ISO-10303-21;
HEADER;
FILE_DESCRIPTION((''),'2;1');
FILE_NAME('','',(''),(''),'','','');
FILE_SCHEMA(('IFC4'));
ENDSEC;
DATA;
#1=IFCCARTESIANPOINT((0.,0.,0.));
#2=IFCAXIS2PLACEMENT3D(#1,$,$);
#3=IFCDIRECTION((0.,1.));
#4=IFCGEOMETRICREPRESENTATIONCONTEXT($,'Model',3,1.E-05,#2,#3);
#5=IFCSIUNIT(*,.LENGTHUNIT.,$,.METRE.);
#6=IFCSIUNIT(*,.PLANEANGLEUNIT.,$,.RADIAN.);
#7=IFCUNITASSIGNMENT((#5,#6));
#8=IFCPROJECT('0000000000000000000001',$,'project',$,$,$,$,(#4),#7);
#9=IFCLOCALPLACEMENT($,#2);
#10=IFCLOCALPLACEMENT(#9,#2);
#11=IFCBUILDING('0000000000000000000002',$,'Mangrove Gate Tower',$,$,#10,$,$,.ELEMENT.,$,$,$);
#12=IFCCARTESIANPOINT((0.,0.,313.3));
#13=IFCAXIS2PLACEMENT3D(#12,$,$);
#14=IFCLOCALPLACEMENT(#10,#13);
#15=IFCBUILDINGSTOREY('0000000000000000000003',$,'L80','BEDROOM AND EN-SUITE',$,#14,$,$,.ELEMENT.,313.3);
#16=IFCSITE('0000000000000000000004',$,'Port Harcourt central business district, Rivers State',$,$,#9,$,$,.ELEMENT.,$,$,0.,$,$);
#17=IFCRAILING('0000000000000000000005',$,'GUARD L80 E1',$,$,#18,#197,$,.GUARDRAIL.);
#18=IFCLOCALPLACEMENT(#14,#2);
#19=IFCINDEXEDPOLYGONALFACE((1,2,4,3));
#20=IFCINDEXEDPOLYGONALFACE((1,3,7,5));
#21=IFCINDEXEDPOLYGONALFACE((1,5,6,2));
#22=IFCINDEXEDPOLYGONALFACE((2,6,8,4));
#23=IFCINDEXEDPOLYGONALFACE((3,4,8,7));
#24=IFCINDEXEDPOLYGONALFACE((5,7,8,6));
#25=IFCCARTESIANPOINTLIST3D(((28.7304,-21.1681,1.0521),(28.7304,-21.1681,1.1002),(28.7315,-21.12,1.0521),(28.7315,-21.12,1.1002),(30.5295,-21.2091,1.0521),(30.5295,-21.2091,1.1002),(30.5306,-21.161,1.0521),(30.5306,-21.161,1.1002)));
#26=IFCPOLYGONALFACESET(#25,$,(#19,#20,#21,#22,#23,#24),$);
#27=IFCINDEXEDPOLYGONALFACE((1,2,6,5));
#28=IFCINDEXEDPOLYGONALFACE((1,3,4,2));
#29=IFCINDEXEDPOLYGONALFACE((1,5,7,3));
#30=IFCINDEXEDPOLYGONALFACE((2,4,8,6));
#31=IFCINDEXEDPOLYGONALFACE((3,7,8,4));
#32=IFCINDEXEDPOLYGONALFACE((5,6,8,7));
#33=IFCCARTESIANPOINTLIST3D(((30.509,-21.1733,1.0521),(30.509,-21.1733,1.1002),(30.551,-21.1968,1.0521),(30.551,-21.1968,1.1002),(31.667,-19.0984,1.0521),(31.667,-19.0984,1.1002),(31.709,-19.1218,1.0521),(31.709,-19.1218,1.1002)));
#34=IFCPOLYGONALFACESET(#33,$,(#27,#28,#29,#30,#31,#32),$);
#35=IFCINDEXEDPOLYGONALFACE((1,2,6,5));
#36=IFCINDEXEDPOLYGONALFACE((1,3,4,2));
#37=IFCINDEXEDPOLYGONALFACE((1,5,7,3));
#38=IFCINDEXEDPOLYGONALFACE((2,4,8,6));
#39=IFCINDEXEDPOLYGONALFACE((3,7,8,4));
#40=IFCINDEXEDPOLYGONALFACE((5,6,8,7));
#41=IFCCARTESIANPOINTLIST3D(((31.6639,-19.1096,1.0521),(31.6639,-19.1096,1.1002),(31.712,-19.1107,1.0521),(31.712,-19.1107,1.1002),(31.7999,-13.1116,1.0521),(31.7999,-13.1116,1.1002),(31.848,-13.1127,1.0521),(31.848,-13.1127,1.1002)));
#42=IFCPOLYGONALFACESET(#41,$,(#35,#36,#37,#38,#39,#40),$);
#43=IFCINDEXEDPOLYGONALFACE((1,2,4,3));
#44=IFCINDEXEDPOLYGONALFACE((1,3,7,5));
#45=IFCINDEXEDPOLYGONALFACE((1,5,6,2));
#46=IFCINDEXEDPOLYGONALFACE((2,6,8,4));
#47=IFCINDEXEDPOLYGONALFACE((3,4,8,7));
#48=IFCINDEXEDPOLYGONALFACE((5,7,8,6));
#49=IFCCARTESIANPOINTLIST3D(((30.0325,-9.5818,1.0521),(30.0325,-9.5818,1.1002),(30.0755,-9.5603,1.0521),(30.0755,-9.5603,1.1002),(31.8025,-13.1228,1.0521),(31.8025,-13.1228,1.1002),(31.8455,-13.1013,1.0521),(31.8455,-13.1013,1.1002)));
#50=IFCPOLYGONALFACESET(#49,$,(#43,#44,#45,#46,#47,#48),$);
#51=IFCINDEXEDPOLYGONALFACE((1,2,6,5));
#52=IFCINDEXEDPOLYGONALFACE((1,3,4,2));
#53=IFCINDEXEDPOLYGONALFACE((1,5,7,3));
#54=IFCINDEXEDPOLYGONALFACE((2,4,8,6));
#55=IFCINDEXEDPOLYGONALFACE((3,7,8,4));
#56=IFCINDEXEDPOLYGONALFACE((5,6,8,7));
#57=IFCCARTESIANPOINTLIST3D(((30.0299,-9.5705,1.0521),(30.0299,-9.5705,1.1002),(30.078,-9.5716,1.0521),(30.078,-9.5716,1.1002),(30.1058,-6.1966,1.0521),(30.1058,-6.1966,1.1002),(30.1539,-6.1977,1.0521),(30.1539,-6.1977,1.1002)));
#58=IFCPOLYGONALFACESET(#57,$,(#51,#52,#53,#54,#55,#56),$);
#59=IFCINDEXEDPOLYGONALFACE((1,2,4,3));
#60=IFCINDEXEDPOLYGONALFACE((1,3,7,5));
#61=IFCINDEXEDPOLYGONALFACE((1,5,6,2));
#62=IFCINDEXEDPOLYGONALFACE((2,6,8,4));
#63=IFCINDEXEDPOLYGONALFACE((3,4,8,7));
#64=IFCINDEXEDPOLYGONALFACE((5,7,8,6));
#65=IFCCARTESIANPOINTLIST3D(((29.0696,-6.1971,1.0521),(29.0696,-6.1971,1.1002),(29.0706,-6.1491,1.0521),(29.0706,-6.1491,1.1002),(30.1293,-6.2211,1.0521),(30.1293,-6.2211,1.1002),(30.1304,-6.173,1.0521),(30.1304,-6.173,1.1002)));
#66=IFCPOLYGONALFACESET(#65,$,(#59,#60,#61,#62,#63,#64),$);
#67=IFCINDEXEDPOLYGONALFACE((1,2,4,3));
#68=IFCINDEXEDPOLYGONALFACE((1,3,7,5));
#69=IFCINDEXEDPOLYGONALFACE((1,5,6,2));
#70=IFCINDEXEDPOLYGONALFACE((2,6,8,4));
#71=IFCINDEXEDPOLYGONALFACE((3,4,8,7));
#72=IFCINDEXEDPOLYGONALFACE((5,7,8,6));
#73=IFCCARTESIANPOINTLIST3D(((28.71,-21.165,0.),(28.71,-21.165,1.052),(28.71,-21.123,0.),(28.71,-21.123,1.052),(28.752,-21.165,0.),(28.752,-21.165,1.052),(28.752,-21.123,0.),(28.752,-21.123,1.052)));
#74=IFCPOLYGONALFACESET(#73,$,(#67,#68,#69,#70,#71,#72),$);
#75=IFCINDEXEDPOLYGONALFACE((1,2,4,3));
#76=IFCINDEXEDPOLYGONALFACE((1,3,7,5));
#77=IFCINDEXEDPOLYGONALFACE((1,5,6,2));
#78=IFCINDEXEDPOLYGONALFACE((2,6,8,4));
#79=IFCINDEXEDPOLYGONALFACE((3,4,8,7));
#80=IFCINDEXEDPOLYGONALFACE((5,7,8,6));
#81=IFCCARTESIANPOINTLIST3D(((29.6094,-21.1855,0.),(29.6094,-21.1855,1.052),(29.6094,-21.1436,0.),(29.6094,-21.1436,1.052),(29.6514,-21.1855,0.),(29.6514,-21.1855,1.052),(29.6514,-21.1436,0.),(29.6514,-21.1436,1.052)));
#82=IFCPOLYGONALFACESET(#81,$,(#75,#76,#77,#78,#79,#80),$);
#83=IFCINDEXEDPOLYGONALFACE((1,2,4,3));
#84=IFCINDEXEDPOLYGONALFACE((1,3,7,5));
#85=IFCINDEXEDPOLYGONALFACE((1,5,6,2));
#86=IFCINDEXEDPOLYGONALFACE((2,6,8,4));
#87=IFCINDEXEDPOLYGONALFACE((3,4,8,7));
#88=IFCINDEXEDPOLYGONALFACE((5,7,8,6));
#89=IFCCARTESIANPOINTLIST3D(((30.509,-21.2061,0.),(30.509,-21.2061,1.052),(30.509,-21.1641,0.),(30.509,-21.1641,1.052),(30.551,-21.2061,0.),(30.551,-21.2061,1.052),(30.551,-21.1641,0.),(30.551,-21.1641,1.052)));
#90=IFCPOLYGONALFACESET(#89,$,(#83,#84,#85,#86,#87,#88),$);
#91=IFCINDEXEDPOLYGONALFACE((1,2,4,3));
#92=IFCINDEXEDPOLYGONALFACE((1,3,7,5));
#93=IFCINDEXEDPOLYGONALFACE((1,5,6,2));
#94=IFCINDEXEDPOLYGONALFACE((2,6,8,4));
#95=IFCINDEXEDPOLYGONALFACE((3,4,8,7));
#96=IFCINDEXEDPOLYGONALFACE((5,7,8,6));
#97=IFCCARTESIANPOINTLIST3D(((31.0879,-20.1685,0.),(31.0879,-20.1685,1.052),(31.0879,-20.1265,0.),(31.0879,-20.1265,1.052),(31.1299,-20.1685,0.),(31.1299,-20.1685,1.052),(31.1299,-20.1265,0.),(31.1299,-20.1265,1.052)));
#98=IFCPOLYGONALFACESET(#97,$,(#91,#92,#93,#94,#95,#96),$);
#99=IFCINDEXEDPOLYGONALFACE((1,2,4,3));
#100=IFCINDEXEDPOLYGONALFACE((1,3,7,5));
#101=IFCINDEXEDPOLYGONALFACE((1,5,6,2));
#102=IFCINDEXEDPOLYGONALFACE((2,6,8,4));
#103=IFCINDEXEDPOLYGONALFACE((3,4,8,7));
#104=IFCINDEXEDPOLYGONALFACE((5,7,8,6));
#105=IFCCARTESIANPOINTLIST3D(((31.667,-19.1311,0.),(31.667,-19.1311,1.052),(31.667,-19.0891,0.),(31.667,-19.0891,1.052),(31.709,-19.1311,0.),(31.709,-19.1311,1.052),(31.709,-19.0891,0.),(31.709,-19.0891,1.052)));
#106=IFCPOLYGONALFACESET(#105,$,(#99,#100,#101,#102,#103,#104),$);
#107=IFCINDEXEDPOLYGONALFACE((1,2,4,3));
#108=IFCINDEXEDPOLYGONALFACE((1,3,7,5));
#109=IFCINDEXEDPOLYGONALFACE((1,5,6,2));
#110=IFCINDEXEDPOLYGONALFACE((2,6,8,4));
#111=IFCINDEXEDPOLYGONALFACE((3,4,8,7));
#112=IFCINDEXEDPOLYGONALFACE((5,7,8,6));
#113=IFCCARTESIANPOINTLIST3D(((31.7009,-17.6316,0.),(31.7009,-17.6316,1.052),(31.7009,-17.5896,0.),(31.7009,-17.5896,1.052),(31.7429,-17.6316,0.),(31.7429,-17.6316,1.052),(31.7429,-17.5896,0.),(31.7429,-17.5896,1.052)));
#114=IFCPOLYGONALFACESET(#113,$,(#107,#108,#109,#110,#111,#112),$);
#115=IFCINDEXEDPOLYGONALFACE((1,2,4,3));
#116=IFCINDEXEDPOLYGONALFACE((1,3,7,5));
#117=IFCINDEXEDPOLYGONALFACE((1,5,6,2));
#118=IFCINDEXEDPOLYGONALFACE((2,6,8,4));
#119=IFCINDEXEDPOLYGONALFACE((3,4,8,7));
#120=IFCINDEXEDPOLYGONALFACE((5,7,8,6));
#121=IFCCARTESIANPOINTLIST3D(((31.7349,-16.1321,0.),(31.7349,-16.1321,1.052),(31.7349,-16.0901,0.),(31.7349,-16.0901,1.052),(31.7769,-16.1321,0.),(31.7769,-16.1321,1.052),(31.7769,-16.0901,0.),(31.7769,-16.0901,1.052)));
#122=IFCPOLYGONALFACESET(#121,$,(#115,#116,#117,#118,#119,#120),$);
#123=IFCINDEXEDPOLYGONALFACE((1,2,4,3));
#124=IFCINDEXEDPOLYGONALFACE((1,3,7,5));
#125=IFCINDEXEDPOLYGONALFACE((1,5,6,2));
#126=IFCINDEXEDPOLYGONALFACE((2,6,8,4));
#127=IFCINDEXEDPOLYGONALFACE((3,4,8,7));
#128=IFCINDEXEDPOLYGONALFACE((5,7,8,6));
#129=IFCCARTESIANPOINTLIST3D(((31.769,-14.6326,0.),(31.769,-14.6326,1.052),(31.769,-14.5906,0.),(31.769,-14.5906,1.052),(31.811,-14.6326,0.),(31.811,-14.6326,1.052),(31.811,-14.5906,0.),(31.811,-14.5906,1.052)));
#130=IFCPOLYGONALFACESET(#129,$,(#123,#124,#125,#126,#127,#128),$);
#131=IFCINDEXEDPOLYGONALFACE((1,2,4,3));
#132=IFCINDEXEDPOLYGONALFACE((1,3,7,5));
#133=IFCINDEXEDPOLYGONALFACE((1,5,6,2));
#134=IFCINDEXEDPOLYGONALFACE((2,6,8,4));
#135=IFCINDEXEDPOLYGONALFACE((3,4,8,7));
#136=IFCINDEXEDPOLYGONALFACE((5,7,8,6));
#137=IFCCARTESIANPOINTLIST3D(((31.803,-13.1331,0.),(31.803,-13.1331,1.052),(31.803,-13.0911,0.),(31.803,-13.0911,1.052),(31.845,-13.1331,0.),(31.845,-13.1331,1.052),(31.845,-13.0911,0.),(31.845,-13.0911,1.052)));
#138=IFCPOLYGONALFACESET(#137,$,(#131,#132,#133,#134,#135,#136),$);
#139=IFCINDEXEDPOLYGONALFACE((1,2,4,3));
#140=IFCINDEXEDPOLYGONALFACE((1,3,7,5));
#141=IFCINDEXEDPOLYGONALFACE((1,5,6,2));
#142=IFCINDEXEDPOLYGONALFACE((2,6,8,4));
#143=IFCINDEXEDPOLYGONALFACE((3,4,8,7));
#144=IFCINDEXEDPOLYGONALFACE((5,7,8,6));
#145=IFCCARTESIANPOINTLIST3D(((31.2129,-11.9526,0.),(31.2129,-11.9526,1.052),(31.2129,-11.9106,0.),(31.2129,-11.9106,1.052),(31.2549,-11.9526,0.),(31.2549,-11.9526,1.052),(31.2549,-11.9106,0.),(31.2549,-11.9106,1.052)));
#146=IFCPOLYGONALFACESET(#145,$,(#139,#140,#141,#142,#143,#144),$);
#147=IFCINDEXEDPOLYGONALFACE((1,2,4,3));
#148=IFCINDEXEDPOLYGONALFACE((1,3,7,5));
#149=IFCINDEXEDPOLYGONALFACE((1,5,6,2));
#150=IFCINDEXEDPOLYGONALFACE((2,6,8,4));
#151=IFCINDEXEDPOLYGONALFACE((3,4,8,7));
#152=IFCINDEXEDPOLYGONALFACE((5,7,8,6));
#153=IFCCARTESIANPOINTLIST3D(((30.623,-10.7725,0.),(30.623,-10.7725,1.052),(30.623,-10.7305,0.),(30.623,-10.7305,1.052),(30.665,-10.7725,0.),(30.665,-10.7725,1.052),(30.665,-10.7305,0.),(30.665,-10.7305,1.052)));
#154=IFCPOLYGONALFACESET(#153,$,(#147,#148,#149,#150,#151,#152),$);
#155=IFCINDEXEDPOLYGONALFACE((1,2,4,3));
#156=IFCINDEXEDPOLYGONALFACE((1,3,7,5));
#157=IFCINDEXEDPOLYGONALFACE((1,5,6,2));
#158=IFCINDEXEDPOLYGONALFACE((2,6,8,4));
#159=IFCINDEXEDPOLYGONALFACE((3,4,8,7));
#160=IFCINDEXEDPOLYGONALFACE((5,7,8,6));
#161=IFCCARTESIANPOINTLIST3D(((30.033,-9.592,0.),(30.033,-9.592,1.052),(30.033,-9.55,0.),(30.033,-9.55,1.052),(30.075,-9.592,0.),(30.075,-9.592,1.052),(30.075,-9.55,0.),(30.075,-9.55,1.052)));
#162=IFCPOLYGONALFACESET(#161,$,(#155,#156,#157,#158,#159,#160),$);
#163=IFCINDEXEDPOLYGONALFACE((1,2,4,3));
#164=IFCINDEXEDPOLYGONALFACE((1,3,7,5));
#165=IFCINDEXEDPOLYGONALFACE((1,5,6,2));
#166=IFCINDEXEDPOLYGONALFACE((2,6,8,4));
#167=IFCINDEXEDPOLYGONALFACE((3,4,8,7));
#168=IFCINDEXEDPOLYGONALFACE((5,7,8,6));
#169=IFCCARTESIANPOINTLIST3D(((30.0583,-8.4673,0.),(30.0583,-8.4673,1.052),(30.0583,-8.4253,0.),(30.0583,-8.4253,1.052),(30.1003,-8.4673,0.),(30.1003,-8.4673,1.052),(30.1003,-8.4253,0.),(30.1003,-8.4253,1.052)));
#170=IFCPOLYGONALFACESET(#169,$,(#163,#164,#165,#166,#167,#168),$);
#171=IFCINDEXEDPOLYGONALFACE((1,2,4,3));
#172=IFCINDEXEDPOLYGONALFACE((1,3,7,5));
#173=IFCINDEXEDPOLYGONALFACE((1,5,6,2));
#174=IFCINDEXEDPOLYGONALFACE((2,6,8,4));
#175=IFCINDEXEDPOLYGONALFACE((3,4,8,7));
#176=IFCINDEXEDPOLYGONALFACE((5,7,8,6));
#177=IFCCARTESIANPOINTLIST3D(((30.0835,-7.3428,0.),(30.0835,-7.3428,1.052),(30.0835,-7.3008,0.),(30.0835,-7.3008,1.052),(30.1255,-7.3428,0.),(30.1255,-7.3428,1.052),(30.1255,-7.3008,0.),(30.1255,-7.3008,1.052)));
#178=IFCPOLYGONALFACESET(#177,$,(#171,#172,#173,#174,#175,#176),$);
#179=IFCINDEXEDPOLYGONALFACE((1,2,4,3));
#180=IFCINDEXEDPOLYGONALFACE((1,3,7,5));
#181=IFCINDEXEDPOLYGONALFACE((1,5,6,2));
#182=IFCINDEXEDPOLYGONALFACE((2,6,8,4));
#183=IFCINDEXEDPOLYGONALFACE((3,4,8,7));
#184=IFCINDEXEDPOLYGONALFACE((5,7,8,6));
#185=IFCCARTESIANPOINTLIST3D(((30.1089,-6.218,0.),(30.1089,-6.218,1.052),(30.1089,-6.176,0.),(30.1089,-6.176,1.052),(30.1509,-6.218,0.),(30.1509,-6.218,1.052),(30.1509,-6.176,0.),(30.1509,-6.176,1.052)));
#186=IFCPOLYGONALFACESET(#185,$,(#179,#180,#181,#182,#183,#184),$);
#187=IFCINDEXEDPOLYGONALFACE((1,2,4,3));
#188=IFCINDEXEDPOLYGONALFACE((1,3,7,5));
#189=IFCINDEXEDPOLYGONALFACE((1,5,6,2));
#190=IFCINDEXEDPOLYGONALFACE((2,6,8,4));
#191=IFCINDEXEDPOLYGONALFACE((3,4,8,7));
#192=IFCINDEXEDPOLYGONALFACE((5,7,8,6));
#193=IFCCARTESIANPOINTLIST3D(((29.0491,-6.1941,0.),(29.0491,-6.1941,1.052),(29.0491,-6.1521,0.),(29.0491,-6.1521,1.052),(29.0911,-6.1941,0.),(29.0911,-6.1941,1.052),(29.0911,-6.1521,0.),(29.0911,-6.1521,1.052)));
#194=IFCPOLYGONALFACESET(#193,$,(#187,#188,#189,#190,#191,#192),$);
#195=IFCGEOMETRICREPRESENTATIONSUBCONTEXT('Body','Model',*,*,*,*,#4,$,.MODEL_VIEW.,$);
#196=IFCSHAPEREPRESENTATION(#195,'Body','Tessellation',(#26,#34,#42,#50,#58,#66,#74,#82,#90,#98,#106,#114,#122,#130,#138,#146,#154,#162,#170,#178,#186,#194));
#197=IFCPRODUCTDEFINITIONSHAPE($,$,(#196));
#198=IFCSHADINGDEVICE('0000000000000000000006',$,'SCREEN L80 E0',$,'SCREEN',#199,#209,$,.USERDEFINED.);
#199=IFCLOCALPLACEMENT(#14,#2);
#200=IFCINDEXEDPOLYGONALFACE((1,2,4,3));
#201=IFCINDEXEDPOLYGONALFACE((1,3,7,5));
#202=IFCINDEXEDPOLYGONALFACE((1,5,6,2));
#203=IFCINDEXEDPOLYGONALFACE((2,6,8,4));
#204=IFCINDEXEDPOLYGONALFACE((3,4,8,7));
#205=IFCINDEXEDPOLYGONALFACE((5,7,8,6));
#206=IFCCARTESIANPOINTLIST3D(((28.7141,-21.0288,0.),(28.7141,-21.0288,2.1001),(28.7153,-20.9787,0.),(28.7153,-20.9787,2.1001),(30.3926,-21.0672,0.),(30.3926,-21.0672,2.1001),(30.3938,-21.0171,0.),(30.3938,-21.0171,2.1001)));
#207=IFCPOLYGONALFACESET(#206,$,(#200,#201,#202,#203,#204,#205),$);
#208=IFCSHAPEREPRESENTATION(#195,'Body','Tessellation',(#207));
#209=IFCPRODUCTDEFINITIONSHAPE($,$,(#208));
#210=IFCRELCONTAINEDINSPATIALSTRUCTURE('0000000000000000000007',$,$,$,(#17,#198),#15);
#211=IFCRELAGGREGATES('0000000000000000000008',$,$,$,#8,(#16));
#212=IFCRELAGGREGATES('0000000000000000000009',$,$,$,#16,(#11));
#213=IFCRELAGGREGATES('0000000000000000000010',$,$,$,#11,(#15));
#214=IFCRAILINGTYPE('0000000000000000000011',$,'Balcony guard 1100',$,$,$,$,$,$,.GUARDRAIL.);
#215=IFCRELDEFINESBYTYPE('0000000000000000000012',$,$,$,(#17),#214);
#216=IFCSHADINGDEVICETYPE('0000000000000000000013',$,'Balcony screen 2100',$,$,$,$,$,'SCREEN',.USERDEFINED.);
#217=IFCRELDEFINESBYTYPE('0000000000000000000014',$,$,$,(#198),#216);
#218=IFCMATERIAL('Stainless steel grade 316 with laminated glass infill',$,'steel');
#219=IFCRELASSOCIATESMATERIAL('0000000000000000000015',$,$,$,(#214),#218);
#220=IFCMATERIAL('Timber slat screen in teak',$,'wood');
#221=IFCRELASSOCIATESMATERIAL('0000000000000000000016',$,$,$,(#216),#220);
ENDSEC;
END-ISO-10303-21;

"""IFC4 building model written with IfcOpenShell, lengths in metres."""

from ifc_helpers import new_model, si_unit, direction, frame, origin, origin_2d, place, context, subcontext, project, spatial, rectangle, extrude, material, type_object, element, save


model = new_model("IFC4")

# Units and contexts
model_context = context("Model", 3, precision=1e-05, world=origin(), true_north=direction((0.0, 1.0)))
body_context = subcontext(model_context, "Body", "Model", "MODEL_VIEW")
ifc_project = project(units=[si_unit("LENGTHUNIT", "METRE"), si_unit("PLANEANGLEUNIT", "RADIAN")], contexts=[model_context])

# Site, building, storey
site_placement = place(None, origin())
site = spatial("IfcSite", under=ifc_project, at=site_placement, Name="Port Harcourt central business district, Rivers State", CompositionType="ELEMENT", RefElevation=0.0)
building_placement = place(site_placement, origin())
building = spatial("IfcBuilding", under=site, at=building_placement, Name="Mangrove Gate Tower", CompositionType="ELEMENT")
storey_placement = place(building_placement, frame((0.0, 0.0, 313.3)))
storey = spatial("IfcBuildingStorey", under=building, at=storey_placement, Name="L80", Description="BEDROOM AND EN-SUITE", CompositionType="ELEMENT", Elevation=313.3)

# Railing
ifc_material_1 = material(Name="Stainless steel grade 316 with laminated glass infill", Category="steel")
railing_type = type_object("IfcRailingType", Name="Balcony guard 1100", PredefinedType="GUARDRAIL", material=ifc_material_1)
railing_placement = place(storey_placement, frame((28.731, -21.144, 0.0)))
element("IfcRailing", 1, at=railing_placement, inside=storey, type_object=railing_type, Name="GUARD L80 E1", PredefinedType="GUARDRAIL", context=body_context, shape_type="SweptSolid", body=[
    extrude(rectangle(XDim=0.0481, YDim=0.0481, at=origin_2d()), frame((0.0, 0.0, 1.0762), z_axis=(0.99974, -0.022792, 0.0), x_axis=(0.022792, 0.99974, 0.0)), (0.0, 0.0, 1.0), 1.7996),
    extrude(rectangle(XDim=0.0481, YDim=0.0481, at=origin_2d()), frame((1.7991, -0.041, 1.0762), z_axis=(0.487317, 0.873225, 0.0), x_axis=(-0.873225, 0.487317, 0.0)), (0.0, 0.0, 1.0), 2.3762),
    extrude(rectangle(XDim=0.0481, YDim=0.0481, at=origin_2d()), frame((2.957, 2.0339, 1.0762), z_axis=(0.022666, 0.999743, 0.0), x_axis=(-0.999743, 0.022666, 0.0)), (0.0, 0.0, 1.0), 5.9995),
    extrude(rectangle(XDim=0.0481, YDim=0.0481, at=origin_2d()), frame((3.093, 8.032, 1.0762), z_axis=(-0.447115, 0.894477, 0.0), x_axis=(-0.894477, -0.447115, 0.0)), (0.0, 0.0, 1.0), 3.9587),
    extrude(rectangle(XDim=0.0481, YDim=0.0481, at=origin_2d()), frame((1.323, 11.573, 1.0762), z_axis=(0.022498, 0.999747, 0.0), x_axis=(-0.999747, 0.022498, 0.0)), (0.0, 0.0, 1.0), 3.3748),
    extrude(rectangle(XDim=0.0481, YDim=0.0481, at=origin_2d()), frame((1.3989, 14.947, 1.0762), z_axis=(-0.999745, 0.02257, 0.0), x_axis=(-0.02257, -0.999745, 0.0)), (0.0, 0.0, 1.0), 1.0601),
    extrude(rectangle(XDim=0.042, YDim=0.042, at=origin_2d()), origin(), (0.0, 0.0, 1.0), 1.052),
    extrude(rectangle(XDim=0.042, YDim=0.042, at=origin_2d()), frame((0.8994, -0.0205, 0.0)), (0.0, 0.0, 1.0), 1.052),
    extrude(rectangle(XDim=0.042, YDim=0.042, at=origin_2d()), frame((1.7991, -0.041, 0.0)), (0.0, 0.0, 1.0), 1.052),
    extrude(rectangle(XDim=0.042, YDim=0.042, at=origin_2d()), frame((2.3779, 0.9966, 0.0)), (0.0, 0.0, 1.0), 1.052),
    extrude(rectangle(XDim=0.042, YDim=0.042, at=origin_2d()), frame((2.957, 2.0339, 0.0)), (0.0, 0.0, 1.0), 1.052),
    extrude(rectangle(XDim=0.042, YDim=0.042, at=origin_2d()), frame((2.991, 3.5334, 0.0)), (0.0, 0.0, 1.0), 1.052),
    extrude(rectangle(XDim=0.042, YDim=0.042, at=origin_2d()), frame((3.0249, 5.033, 0.0)), (0.0, 0.0, 1.0), 1.052),
    extrude(rectangle(XDim=0.042, YDim=0.042, at=origin_2d()), frame((3.0591, 6.5325, 0.0)), (0.0, 0.0, 1.0), 1.052),
    extrude(rectangle(XDim=0.042, YDim=0.042, at=origin_2d()), frame((3.093, 8.032, 0.0)), (0.0, 0.0, 1.0), 1.052),
    extrude(rectangle(XDim=0.042, YDim=0.042, at=origin_2d()), frame((2.5029, 9.2124, 0.0)), (0.0, 0.0, 1.0), 1.052),
    extrude(rectangle(XDim=0.042, YDim=0.042, at=origin_2d()), frame((1.9131, 10.3926, 0.0)), (0.0, 0.0, 1.0), 1.052),
    extrude(rectangle(XDim=0.042, YDim=0.042, at=origin_2d()), frame((1.323, 11.573, 0.0)), (0.0, 0.0, 1.0), 1.052),
    extrude(rectangle(XDim=0.042, YDim=0.042, at=origin_2d()), frame((1.3484, 12.6978, 0.0)), (0.0, 0.0, 1.0), 1.052),
    extrude(rectangle(XDim=0.042, YDim=0.042, at=origin_2d()), frame((1.3735, 13.8223, 0.0)), (0.0, 0.0, 1.0), 1.052),
    extrude(rectangle(XDim=0.042, YDim=0.042, at=origin_2d()), frame((1.3989, 14.947, 0.0)), (0.0, 0.0, 1.0), 1.052),
    extrude(rectangle(XDim=0.042, YDim=0.042, at=origin_2d()), frame((0.3391, 14.9709, 0.0)), (0.0, 0.0, 1.0), 1.052),
])

# Shading device
ifc_material_2 = material(Name="Timber slat screen in teak", Category="wood")
shading_device_type = type_object("IfcShadingDeviceType", Name="Balcony screen 2100", ElementType="SCREEN", PredefinedType="USERDEFINED", material=ifc_material_2)
shading_device_placement = place(storey_placement, frame((29.554, -21.0229, 0.0), z_axis=(0.0, 0.0, 1.0), x_axis=(0.999738, -0.022879, 0.0)))
element("IfcShadingDevice", 2, at=shading_device_placement, inside=storey, type_object=shading_device_type, Name="SCREEN L80 E0", ObjectType="SCREEN", PredefinedType="USERDEFINED", context=body_context, shape_type="SweptSolid", body=[
    extrude(rectangle(XDim=1.679, YDim=0.05, at=origin_2d()), origin(), (0.0, 0.0, 1.0), 2.1001),
])

save(model, "model.ifc")
